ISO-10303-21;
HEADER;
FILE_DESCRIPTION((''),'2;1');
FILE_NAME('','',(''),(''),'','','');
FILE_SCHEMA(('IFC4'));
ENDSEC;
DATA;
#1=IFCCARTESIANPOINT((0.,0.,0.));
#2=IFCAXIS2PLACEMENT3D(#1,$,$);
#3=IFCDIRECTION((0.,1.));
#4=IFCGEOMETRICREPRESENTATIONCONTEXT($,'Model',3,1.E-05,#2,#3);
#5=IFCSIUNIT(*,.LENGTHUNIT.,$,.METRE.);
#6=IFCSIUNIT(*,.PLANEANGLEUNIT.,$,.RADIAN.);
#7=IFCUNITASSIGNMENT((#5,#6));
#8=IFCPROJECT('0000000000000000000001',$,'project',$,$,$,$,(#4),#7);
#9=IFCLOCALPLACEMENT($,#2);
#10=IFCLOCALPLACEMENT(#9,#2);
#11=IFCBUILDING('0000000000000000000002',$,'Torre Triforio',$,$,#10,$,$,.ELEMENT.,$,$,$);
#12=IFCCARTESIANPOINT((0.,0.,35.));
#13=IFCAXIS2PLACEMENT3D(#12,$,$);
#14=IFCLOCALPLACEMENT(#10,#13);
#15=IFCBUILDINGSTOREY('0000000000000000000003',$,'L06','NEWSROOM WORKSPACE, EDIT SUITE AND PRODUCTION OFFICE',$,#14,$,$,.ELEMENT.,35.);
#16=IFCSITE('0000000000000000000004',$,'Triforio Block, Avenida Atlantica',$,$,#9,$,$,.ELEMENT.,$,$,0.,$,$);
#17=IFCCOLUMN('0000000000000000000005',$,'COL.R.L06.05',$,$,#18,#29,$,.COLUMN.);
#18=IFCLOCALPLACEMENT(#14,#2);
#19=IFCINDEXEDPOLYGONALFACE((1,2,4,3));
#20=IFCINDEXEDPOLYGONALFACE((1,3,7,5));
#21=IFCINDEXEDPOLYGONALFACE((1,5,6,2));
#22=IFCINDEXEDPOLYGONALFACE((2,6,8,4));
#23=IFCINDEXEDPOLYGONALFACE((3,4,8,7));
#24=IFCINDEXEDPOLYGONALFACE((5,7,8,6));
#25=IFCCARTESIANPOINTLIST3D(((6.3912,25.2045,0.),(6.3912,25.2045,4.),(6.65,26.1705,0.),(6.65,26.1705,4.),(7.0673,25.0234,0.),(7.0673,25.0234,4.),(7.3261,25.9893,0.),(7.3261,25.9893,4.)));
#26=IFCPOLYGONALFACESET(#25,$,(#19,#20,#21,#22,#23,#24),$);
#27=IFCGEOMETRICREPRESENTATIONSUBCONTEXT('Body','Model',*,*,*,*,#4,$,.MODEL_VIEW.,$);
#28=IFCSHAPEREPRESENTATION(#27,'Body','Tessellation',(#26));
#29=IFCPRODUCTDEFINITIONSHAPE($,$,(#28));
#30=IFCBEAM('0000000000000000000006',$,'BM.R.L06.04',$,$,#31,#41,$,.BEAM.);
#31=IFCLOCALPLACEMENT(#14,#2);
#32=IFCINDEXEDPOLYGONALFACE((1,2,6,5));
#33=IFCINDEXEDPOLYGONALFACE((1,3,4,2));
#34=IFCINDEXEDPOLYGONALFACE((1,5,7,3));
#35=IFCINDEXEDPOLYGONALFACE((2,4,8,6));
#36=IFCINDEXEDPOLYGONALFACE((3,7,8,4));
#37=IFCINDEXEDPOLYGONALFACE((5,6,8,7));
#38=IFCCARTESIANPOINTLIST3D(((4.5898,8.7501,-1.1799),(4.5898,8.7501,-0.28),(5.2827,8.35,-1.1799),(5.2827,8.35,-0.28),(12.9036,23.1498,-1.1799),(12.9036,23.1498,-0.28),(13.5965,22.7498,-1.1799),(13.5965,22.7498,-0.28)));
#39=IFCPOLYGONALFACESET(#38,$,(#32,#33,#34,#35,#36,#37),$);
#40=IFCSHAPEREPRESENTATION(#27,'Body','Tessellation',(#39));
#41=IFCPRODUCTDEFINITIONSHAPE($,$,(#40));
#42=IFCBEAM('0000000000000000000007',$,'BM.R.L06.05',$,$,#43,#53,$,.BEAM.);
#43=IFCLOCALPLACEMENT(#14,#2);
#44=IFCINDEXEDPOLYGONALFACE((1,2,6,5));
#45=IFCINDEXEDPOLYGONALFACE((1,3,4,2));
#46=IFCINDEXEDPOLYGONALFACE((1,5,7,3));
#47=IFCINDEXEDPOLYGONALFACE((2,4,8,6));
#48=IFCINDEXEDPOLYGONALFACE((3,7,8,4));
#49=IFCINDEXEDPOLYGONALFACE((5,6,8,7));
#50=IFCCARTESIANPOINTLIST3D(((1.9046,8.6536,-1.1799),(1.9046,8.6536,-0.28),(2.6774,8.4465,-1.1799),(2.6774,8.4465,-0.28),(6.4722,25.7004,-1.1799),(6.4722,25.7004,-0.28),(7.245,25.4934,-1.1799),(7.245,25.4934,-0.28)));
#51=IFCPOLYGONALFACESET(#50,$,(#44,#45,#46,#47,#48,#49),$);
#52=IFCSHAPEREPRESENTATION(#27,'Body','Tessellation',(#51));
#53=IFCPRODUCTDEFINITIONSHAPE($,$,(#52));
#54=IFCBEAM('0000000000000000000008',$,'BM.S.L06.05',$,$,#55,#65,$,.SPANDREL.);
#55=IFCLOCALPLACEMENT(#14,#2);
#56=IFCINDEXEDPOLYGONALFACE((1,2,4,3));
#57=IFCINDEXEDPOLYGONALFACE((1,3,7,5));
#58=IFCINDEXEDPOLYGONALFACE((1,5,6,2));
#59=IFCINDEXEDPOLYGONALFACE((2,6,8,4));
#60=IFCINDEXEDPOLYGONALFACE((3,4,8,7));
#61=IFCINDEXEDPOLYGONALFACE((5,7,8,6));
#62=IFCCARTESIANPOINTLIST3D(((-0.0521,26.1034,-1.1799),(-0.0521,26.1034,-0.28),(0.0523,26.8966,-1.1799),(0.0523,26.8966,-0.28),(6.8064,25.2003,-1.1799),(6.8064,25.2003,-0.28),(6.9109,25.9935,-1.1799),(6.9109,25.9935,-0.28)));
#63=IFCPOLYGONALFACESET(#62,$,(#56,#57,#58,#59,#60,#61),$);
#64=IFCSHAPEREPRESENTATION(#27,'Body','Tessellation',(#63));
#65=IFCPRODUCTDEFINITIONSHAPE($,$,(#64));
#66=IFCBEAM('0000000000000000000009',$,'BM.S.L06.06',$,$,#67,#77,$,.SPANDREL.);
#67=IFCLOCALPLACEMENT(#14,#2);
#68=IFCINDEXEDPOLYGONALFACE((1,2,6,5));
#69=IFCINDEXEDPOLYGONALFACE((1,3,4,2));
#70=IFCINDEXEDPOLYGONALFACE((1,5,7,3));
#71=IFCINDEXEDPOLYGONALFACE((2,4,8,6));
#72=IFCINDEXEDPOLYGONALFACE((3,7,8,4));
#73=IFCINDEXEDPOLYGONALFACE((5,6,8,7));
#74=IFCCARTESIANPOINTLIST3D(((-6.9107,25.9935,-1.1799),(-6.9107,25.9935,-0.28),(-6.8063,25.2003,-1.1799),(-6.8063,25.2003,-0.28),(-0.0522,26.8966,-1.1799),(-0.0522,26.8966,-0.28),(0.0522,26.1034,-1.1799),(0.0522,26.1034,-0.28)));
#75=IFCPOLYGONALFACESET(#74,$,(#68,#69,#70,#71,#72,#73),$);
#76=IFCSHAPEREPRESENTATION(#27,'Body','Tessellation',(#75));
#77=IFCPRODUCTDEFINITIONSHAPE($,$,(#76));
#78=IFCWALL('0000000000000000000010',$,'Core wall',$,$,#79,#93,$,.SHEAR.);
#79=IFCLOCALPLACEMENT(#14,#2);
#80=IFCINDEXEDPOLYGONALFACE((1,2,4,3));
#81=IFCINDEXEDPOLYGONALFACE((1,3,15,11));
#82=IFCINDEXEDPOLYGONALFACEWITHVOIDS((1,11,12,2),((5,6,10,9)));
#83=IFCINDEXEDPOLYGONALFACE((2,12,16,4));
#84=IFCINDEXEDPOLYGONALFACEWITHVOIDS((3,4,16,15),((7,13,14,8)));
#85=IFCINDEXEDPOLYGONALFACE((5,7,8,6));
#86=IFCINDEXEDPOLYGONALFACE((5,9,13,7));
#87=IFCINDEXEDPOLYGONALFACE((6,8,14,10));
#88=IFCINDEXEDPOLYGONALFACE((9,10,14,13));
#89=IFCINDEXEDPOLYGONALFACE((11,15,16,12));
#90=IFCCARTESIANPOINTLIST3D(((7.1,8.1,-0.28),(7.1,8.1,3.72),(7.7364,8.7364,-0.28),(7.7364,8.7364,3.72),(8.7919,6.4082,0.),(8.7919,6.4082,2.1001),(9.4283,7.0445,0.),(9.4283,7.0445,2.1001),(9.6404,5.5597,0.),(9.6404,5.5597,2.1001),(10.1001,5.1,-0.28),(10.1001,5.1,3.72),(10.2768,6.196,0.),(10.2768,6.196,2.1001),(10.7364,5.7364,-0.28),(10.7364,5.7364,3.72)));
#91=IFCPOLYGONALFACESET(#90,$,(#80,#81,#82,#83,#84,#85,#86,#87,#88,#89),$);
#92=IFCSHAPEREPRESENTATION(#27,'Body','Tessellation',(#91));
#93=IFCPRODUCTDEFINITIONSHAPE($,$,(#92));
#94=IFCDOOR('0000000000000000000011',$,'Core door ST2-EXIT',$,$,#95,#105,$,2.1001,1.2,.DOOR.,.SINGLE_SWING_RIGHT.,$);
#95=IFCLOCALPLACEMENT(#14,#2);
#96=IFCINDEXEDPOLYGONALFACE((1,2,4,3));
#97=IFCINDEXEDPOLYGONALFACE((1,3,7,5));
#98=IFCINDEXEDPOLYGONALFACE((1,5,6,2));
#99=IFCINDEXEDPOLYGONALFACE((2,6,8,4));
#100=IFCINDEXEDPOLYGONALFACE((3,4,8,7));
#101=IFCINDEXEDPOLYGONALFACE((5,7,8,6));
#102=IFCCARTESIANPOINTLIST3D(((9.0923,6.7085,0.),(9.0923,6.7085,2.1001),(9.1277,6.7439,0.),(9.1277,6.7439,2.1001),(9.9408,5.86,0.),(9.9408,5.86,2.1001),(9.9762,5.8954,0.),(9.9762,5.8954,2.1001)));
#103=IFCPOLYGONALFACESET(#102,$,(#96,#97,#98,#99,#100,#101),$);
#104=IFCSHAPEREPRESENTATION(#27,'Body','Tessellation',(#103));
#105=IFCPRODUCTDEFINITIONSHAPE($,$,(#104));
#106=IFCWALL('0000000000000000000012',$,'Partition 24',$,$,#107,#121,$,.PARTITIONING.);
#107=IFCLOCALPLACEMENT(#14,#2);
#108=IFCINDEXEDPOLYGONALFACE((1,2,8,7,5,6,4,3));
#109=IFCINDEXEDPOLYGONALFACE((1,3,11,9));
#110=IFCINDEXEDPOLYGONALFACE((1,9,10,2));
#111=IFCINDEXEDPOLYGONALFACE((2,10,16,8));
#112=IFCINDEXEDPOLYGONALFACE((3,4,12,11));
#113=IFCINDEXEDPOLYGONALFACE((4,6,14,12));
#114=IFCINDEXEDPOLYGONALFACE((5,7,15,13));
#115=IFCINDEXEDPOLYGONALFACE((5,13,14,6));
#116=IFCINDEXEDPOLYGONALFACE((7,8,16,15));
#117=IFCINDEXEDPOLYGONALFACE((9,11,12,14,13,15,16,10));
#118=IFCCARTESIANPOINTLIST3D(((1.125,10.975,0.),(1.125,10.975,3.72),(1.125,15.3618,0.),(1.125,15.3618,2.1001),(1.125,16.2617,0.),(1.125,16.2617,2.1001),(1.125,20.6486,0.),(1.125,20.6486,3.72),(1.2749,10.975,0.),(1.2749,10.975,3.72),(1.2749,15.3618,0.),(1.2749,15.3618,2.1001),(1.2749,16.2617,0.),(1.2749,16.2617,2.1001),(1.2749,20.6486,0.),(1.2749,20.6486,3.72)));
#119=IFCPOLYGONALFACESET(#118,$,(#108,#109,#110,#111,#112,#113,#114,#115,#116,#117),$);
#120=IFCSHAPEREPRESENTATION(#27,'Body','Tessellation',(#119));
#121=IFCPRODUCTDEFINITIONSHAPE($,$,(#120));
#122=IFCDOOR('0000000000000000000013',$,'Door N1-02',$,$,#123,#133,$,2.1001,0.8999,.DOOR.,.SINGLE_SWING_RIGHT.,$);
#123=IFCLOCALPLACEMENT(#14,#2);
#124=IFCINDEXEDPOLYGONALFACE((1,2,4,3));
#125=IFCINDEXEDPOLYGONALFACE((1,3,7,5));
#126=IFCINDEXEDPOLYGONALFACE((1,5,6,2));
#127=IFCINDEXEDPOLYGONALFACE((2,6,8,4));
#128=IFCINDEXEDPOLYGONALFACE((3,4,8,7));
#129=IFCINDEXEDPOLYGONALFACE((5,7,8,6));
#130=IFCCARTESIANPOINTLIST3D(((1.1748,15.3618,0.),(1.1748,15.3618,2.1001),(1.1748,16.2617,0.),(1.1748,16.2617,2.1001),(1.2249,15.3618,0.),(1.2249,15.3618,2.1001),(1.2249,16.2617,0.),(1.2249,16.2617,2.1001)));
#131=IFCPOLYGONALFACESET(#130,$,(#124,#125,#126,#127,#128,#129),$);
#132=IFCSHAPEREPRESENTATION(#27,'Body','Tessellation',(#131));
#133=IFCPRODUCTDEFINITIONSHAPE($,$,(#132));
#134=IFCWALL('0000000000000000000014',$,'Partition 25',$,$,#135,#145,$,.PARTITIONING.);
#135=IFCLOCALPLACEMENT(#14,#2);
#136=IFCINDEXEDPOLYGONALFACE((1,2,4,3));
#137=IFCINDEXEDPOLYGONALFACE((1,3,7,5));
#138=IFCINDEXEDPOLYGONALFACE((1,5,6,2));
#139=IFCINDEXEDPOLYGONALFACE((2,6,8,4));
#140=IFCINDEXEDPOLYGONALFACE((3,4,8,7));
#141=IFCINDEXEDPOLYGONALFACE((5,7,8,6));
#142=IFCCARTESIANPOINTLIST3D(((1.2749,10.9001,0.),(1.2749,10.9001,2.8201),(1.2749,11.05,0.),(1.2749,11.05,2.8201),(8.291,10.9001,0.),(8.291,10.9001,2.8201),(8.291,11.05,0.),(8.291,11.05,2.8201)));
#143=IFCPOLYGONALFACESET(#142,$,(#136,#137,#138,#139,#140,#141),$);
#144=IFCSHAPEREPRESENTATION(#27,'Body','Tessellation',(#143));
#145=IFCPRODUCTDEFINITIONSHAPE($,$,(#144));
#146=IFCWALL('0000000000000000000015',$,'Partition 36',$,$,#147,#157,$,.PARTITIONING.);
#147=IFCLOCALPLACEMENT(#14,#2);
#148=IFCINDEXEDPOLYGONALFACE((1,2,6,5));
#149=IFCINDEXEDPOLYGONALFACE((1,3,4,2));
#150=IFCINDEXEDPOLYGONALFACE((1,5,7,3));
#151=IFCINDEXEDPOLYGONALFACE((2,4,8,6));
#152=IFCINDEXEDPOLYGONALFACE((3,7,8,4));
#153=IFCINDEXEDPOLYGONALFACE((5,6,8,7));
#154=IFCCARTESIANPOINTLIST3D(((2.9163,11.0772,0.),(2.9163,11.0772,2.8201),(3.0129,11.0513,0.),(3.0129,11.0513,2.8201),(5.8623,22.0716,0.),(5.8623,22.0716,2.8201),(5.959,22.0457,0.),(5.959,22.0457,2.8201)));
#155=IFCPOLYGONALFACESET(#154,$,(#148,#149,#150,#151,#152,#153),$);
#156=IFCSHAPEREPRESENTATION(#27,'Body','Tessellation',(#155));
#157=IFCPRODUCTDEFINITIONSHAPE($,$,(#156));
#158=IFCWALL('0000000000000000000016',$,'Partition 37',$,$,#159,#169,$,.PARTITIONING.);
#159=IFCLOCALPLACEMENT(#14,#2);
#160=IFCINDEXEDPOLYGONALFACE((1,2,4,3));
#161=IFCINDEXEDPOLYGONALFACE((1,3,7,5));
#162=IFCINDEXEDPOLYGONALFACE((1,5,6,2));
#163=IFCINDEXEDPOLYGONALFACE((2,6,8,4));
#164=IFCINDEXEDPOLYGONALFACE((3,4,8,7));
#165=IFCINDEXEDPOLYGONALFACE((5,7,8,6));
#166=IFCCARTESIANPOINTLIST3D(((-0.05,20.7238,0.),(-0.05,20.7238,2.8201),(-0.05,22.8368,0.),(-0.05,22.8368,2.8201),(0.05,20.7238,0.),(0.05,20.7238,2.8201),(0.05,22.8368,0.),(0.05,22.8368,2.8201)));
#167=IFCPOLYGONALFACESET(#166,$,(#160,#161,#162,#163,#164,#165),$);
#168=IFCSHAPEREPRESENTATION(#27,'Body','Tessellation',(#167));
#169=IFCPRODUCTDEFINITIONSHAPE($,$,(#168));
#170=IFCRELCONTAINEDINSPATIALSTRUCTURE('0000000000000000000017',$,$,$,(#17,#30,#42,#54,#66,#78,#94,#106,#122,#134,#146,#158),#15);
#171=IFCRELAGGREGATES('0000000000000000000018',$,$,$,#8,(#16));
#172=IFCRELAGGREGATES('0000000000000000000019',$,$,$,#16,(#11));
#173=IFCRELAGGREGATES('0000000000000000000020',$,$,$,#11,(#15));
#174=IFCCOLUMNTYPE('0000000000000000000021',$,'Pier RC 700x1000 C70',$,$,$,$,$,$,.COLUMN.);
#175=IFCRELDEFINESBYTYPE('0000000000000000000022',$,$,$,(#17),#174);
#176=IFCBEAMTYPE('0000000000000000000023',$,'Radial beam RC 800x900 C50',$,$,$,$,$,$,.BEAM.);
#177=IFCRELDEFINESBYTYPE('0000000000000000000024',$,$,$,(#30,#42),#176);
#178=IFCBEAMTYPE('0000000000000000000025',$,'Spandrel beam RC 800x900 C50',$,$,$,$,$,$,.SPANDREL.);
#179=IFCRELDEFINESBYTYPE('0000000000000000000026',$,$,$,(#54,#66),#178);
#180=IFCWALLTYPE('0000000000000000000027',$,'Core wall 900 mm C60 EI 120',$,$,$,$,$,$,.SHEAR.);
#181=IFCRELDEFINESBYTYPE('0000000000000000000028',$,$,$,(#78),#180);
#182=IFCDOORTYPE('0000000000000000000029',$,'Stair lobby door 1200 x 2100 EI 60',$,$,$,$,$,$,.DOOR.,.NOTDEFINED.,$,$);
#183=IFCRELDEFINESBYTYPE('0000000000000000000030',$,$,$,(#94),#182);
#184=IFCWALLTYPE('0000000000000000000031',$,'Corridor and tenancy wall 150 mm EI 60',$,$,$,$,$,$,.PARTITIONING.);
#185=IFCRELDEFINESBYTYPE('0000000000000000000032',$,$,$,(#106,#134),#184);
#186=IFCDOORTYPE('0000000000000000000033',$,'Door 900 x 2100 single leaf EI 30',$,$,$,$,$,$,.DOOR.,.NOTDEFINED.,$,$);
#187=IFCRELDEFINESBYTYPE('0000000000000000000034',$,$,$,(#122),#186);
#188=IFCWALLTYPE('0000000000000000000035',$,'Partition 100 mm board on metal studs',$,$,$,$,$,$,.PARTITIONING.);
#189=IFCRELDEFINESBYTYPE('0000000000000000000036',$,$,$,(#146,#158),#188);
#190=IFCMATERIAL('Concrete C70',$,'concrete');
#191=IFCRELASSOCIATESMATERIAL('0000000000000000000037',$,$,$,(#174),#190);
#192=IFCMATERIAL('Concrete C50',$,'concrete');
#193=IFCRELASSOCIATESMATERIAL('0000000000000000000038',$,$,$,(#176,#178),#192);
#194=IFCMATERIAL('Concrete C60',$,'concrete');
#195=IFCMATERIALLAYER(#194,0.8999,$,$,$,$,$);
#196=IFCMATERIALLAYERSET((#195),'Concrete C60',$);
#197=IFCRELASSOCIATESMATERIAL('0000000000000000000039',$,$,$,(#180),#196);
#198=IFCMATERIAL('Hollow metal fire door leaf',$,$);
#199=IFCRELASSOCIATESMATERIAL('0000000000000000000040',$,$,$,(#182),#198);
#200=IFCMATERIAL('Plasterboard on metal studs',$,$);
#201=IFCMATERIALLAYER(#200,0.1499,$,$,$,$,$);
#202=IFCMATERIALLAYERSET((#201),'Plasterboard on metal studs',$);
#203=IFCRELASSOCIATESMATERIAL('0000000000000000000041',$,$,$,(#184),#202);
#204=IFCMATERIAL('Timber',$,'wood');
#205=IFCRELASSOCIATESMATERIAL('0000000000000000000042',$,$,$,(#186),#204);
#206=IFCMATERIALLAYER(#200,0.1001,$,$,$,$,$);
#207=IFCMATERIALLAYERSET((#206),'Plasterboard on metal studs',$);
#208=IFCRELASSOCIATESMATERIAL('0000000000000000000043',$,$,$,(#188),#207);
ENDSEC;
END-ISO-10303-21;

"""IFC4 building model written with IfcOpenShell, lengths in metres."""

from ifc_helpers import new_model, si_unit, direction, frame, frame_2d, origin, origin_2d, place, context, subcontext, project, spatial, rectangle, extrude, material, layer, layer_set, material_profile, profile_set, type_object, element, fill, save


model = new_model("IFC4")

# Units and contexts
model_context = context("Model", 3, precision=1e-05, world=origin(), true_north=direction((0.0, 1.0)))
body_context = subcontext(model_context, "Body", "Model", "MODEL_VIEW")
ifc_project = project(units=[si_unit("LENGTHUNIT", "METRE"), si_unit("PLANEANGLEUNIT", "RADIAN")], contexts=[model_context])

# Site, building, storey
site_placement = place(None, origin())
site = spatial("IfcSite", under=ifc_project, at=site_placement, Name="Triforio Block, Avenida Atlantica", CompositionType="ELEMENT", RefElevation=0.0)
building_placement = place(site_placement, origin())
building = spatial("IfcBuilding", under=site, at=building_placement, Name="Torre Triforio", CompositionType="ELEMENT")
storey_placement = place(building_placement, frame((0.0, 0.0, 35.0)))
storey = spatial("IfcBuildingStorey", under=building, at=storey_placement, Name="L06", Description="NEWSROOM WORKSPACE, EDIT SUITE AND PRODUCTION OFFICE", CompositionType="ELEMENT", Elevation=35.0)

# Column
ifc_material_1 = material(Name="Concrete C70", Category="concrete")
ifc_material_profile_1 = material_profile(ifc_material_1, rectangle(XDim=0.7, YDim=1.0, at=origin_2d()), Name="RC 700x1000")
ifc_profile_set_1 = profile_set([ifc_material_profile_1], Name="Concrete C70")
column_type = type_object("IfcColumnType", Name="Pier RC 700x1000 C70", PredefinedType="COLUMN", material=ifc_profile_set_1)
column_placement = place(storey_placement, frame((6.8586, 25.5969, 0.0), z_axis=(0.0, 0.0, 1.0), x_axis=(-0.965926, 0.258819, 0.0)))
element("IfcColumn", 1, at=column_placement, inside=storey, type_object=column_type, Name="COL.R.L06.05", PredefinedType="COLUMN", context=body_context, shape_type="SweptSolid", body=[
    extrude(rectangle(XDim=0.7, YDim=1.0, at=origin_2d()), origin(), (0.0, 0.0, 1.0), 4.0),
])

# Beams
ifc_material_2 = material(Name="Concrete C50", Category="concrete")
ifc_material_profile_2 = material_profile(ifc_material_2, rectangle(XDim=0.8, YDim=0.8999, at=origin_2d()), Name="RC 800x900")
ifc_profile_set_2 = profile_set([ifc_material_profile_2], Name="Concrete C50")
beam_type_1 = type_object("IfcBeamType", Name="Radial beam RC 800x900 C50", PredefinedType="BEAM", material=ifc_profile_set_2)
beam_1_placement = place(storey_placement, frame((4.9363, 8.55, -0.73), z_axis=(0.500003, 0.866023, 0.0), x_axis=(-0.866023, 0.500003, 0.0)))
element("IfcBeam", 2, at=beam_1_placement, inside=storey, type_object=beam_type_1, Name="BM.R.L06.04", PredefinedType="BEAM", context=body_context, shape_type="SweptSolid", body=[
    extrude(rectangle(XDim=0.8, YDim=0.8999, at=origin_2d()), origin(), (0.0, 0.0, 1.0), 16.6274),
])
beam_2_placement = place(storey_placement, frame((2.291, 8.55, -0.73), z_axis=(0.258815, 0.965927, 0.0), x_axis=(-0.965927, 0.258815, 0.0)))
element("IfcBeam", 3, at=beam_2_placement, inside=storey, type_object=beam_type_1, Name="BM.R.L06.05", PredefinedType="BEAM", context=body_context, shape_type="SweptSolid", body=[
    extrude(rectangle(XDim=0.8, YDim=0.8999, at=origin_2d()), origin(), (0.0, 0.0, 1.0), 17.6482),
])
ifc_material_profile_3 = material_profile(ifc_material_2, rectangle(XDim=0.8, YDim=0.8999, at=origin_2d()), Name="RC 800x900")
ifc_profile_set_3 = profile_set([ifc_material_profile_3], Name="Concrete C50")
beam_type_2 = type_object("IfcBeamType", Name="Spandrel beam RC 800x900 C50", PredefinedType="SPANDREL", material=ifc_profile_set_3)
for number, where, z_axis, x_axis, name in (
    (4, (6.8586, 25.5969, -0.73), (-0.991443, 0.130543, 0.0), (-0.130543, -0.991443, 0.0), "BM.S.L06.05"),
    (5, (0.0, 26.5, -0.73), (-0.991443, -0.130543, 0.0), (0.130543, -0.991443, 0.0), "BM.S.L06.06"),
):
    element("IfcBeam", number, at=place(storey_placement, frame(where, z_axis=z_axis, x_axis=x_axis)), inside=storey, type_object=beam_type_2, Name=name, PredefinedType="SPANDREL", context=body_context, shape_type="SweptSolid", body=[
        extrude(rectangle(XDim=0.8, YDim=0.8999, at=origin_2d()), origin(), (0.0, 0.0, 1.0), 6.9177),
    ])

# Walls, openings, doors
ifc_material_3 = material(Name="Concrete C60", Category="concrete")
ifc_layer_1 = layer(ifc_material_3, 0.8999)
ifc_layer_set_1 = layer_set([ifc_layer_1], Name="Concrete C60")
wall_type_1 = type_object("IfcWallType", Name="Core wall 900 mm C60 EI 120", PredefinedType="SHEAR", material=ifc_layer_set_1)
wall_1_placement = place(storey_placement, frame((7.4182, 8.4182, -0.28), z_axis=(0.0, 0.0, 1.0), x_axis=(0.707107, -0.707107, 0.0)))
wall_1 = element("IfcWall", 6, at=wall_1_placement, inside=storey, type_object=wall_type_1, Name="Core wall", PredefinedType="SHEAR", context=body_context, shape_type="SweptSolid", body=[
    extrude(rectangle(XDim=4.2427, YDim=0.8999, at=frame_2d((2.1213, 0.0))), origin(), (0.0, 0.0, 1.0), 4.0),
])
opening_1_placement = place(wall_1_placement, frame((2.3926, 0.0, 0.28)))
opening_1 = element("IfcOpeningElement", 7, at=opening_1_placement, cuts=wall_1, PredefinedType="OPENING", context=body_context, shape_type="SweptSolid", body=[
    extrude(rectangle(XDim=1.2, YDim=2.1001, at=frame_2d((0.6001, 1.05))), frame((0.0, 0.46, 0.0), z_axis=(0.0, -1.0, 0.0), x_axis=(1.0, 0.0, 0.0)), (0.0, 0.0, 1.0), 0.9199),
])
ifc_material_4 = material(Name="Hollow metal fire door leaf")
door_type_1 = type_object("IfcDoorType", Name="Stair lobby door 1200 x 2100 EI 60", OperationType="NOTDEFINED", PredefinedType="DOOR", material=ifc_material_4)
door_1_placement = place(opening_1_placement, origin())
door_1 = element("IfcDoor", 8, at=door_1_placement, inside=storey, type_object=door_type_1, Name="Core door ST2-EXIT", OperationType="SINGLE_SWING_RIGHT", OverallHeight=2.1001, OverallWidth=1.2, PredefinedType="DOOR", context=body_context, shape_type="SweptSolid", body=[
    extrude(rectangle(XDim=1.2, YDim=2.1001, at=frame_2d((0.6001, 1.05))), frame((0.0, 0.0249, 0.0), z_axis=(0.0, -1.0, 0.0), x_axis=(1.0, 0.0, 0.0)), (0.0, 0.0, 1.0), 0.05),
])
fill(opening_1, door_1)
ifc_material_5 = material(Name="Plasterboard on metal studs")
ifc_layer_2 = layer(ifc_material_5, 0.1499)
ifc_layer_set_2 = layer_set([ifc_layer_2], Name="Plasterboard on metal studs")
wall_type_2 = type_object("IfcWallType", Name="Corridor and tenancy wall 150 mm EI 60", PredefinedType="PARTITIONING", material=ifc_layer_set_2)
wall_2_placement = place(storey_placement, frame((1.2, 20.6487, 0.0), z_axis=(0.0, 0.0, 1.0), x_axis=(0.0, -1.0, 0.0)))
wall_2 = element("IfcWall", 9, at=wall_2_placement, inside=storey, type_object=wall_type_2, Name="Partition 24", PredefinedType="PARTITIONING", context=body_context, shape_type="SweptSolid", body=[
    extrude(rectangle(XDim=9.6736, YDim=0.1499, at=frame_2d((4.8369, 0.0))), origin(), (0.0, 0.0, 1.0), 3.72),
])
opening_2_placement = place(wall_2_placement, frame((4.387, 0.0, 0.0)))
opening_2 = element("IfcOpeningElement", 10, at=opening_2_placement, cuts=wall_2, PredefinedType="OPENING", context=body_context, shape_type="SweptSolid", body=[
    extrude(rectangle(XDim=0.8999, YDim=2.1001, at=frame_2d((0.45, 1.05))), frame((0.0, 0.085, 0.0), z_axis=(0.0, -1.0, 0.0), x_axis=(1.0, 0.0, 0.0)), (0.0, 0.0, 1.0), 0.1699),
])
ifc_material_6 = material(Name="Timber", Category="wood")
door_type_2 = type_object("IfcDoorType", Name="Door 900 x 2100 single leaf EI 30", OperationType="NOTDEFINED", PredefinedType="DOOR", material=ifc_material_6)
door_2_placement = place(opening_2_placement, origin())
door_2 = element("IfcDoor", 11, at=door_2_placement, inside=storey, type_object=door_type_2, Name="Door N1-02", OperationType="SINGLE_SWING_RIGHT", OverallHeight=2.1001, OverallWidth=0.8999, PredefinedType="DOOR", context=body_context, shape_type="SweptSolid", body=[
    extrude(rectangle(XDim=0.8999, YDim=2.1001, at=frame_2d((0.45, 1.05))), frame((0.0, 0.0249, 0.0), z_axis=(0.0, -1.0, 0.0), x_axis=(1.0, 0.0, 0.0)), (0.0, 0.0, 1.0), 0.05),
])
fill(opening_2, door_2)

# Walls
wall_3_placement = place(storey_placement, frame((1.2749, 10.9751, 0.0), z_axis=(0.0, 0.0, 1.0), x_axis=(1.0, 0.0, 0.0)))
element("IfcWall", 12, at=wall_3_placement, inside=storey, type_object=wall_type_2, Name="Partition 25", PredefinedType="PARTITIONING", context=body_context, shape_type="SweptSolid", body=[
    extrude(rectangle(XDim=7.0161, YDim=0.1499, at=frame_2d((3.5081, 0.0))), origin(), (0.0, 0.0, 1.0), 2.8201),
])
ifc_layer_3 = layer(ifc_material_5, 0.1001)
ifc_layer_set_3 = layer_set([ifc_layer_3], Name="Plasterboard on metal studs")
wall_type_3 = type_object("IfcWallType", Name="Partition 100 mm board on metal studs", PredefinedType="PARTITIONING", material=ifc_layer_set_3)
wall_4_placement = place(storey_placement, frame((2.9646, 11.0642, 0.0), z_axis=(0.0, 0.0, 1.0), x_axis=(0.258828, 0.965923, 0.0)))
element("IfcWall", 13, at=wall_4_placement, inside=storey, type_object=wall_type_3, Name="Partition 36", PredefinedType="PARTITIONING", context=body_context, shape_type="SweptSolid", body=[
    extrude(rectangle(XDim=11.3823, YDim=0.1001, at=frame_2d((5.6912, 0.0))), origin(), (0.0, 0.0, 1.0), 2.8201),
])
wall_5_placement = place(storey_placement, frame((0.0, 20.7236, 0.0), z_axis=(0.0, 0.0, 1.0), x_axis=(0.0, 1.0, 0.0)))
element("IfcWall", 14, at=wall_5_placement, inside=storey, type_object=wall_type_3, Name="Partition 37", PredefinedType="PARTITIONING", context=body_context, shape_type="SweptSolid", body=[
    extrude(rectangle(XDim=2.113, YDim=0.1001, at=frame_2d((1.0566, 0.0))), origin(), (0.0, 0.0, 1.0), 2.8201),
])

save(model, "model.ifc")
